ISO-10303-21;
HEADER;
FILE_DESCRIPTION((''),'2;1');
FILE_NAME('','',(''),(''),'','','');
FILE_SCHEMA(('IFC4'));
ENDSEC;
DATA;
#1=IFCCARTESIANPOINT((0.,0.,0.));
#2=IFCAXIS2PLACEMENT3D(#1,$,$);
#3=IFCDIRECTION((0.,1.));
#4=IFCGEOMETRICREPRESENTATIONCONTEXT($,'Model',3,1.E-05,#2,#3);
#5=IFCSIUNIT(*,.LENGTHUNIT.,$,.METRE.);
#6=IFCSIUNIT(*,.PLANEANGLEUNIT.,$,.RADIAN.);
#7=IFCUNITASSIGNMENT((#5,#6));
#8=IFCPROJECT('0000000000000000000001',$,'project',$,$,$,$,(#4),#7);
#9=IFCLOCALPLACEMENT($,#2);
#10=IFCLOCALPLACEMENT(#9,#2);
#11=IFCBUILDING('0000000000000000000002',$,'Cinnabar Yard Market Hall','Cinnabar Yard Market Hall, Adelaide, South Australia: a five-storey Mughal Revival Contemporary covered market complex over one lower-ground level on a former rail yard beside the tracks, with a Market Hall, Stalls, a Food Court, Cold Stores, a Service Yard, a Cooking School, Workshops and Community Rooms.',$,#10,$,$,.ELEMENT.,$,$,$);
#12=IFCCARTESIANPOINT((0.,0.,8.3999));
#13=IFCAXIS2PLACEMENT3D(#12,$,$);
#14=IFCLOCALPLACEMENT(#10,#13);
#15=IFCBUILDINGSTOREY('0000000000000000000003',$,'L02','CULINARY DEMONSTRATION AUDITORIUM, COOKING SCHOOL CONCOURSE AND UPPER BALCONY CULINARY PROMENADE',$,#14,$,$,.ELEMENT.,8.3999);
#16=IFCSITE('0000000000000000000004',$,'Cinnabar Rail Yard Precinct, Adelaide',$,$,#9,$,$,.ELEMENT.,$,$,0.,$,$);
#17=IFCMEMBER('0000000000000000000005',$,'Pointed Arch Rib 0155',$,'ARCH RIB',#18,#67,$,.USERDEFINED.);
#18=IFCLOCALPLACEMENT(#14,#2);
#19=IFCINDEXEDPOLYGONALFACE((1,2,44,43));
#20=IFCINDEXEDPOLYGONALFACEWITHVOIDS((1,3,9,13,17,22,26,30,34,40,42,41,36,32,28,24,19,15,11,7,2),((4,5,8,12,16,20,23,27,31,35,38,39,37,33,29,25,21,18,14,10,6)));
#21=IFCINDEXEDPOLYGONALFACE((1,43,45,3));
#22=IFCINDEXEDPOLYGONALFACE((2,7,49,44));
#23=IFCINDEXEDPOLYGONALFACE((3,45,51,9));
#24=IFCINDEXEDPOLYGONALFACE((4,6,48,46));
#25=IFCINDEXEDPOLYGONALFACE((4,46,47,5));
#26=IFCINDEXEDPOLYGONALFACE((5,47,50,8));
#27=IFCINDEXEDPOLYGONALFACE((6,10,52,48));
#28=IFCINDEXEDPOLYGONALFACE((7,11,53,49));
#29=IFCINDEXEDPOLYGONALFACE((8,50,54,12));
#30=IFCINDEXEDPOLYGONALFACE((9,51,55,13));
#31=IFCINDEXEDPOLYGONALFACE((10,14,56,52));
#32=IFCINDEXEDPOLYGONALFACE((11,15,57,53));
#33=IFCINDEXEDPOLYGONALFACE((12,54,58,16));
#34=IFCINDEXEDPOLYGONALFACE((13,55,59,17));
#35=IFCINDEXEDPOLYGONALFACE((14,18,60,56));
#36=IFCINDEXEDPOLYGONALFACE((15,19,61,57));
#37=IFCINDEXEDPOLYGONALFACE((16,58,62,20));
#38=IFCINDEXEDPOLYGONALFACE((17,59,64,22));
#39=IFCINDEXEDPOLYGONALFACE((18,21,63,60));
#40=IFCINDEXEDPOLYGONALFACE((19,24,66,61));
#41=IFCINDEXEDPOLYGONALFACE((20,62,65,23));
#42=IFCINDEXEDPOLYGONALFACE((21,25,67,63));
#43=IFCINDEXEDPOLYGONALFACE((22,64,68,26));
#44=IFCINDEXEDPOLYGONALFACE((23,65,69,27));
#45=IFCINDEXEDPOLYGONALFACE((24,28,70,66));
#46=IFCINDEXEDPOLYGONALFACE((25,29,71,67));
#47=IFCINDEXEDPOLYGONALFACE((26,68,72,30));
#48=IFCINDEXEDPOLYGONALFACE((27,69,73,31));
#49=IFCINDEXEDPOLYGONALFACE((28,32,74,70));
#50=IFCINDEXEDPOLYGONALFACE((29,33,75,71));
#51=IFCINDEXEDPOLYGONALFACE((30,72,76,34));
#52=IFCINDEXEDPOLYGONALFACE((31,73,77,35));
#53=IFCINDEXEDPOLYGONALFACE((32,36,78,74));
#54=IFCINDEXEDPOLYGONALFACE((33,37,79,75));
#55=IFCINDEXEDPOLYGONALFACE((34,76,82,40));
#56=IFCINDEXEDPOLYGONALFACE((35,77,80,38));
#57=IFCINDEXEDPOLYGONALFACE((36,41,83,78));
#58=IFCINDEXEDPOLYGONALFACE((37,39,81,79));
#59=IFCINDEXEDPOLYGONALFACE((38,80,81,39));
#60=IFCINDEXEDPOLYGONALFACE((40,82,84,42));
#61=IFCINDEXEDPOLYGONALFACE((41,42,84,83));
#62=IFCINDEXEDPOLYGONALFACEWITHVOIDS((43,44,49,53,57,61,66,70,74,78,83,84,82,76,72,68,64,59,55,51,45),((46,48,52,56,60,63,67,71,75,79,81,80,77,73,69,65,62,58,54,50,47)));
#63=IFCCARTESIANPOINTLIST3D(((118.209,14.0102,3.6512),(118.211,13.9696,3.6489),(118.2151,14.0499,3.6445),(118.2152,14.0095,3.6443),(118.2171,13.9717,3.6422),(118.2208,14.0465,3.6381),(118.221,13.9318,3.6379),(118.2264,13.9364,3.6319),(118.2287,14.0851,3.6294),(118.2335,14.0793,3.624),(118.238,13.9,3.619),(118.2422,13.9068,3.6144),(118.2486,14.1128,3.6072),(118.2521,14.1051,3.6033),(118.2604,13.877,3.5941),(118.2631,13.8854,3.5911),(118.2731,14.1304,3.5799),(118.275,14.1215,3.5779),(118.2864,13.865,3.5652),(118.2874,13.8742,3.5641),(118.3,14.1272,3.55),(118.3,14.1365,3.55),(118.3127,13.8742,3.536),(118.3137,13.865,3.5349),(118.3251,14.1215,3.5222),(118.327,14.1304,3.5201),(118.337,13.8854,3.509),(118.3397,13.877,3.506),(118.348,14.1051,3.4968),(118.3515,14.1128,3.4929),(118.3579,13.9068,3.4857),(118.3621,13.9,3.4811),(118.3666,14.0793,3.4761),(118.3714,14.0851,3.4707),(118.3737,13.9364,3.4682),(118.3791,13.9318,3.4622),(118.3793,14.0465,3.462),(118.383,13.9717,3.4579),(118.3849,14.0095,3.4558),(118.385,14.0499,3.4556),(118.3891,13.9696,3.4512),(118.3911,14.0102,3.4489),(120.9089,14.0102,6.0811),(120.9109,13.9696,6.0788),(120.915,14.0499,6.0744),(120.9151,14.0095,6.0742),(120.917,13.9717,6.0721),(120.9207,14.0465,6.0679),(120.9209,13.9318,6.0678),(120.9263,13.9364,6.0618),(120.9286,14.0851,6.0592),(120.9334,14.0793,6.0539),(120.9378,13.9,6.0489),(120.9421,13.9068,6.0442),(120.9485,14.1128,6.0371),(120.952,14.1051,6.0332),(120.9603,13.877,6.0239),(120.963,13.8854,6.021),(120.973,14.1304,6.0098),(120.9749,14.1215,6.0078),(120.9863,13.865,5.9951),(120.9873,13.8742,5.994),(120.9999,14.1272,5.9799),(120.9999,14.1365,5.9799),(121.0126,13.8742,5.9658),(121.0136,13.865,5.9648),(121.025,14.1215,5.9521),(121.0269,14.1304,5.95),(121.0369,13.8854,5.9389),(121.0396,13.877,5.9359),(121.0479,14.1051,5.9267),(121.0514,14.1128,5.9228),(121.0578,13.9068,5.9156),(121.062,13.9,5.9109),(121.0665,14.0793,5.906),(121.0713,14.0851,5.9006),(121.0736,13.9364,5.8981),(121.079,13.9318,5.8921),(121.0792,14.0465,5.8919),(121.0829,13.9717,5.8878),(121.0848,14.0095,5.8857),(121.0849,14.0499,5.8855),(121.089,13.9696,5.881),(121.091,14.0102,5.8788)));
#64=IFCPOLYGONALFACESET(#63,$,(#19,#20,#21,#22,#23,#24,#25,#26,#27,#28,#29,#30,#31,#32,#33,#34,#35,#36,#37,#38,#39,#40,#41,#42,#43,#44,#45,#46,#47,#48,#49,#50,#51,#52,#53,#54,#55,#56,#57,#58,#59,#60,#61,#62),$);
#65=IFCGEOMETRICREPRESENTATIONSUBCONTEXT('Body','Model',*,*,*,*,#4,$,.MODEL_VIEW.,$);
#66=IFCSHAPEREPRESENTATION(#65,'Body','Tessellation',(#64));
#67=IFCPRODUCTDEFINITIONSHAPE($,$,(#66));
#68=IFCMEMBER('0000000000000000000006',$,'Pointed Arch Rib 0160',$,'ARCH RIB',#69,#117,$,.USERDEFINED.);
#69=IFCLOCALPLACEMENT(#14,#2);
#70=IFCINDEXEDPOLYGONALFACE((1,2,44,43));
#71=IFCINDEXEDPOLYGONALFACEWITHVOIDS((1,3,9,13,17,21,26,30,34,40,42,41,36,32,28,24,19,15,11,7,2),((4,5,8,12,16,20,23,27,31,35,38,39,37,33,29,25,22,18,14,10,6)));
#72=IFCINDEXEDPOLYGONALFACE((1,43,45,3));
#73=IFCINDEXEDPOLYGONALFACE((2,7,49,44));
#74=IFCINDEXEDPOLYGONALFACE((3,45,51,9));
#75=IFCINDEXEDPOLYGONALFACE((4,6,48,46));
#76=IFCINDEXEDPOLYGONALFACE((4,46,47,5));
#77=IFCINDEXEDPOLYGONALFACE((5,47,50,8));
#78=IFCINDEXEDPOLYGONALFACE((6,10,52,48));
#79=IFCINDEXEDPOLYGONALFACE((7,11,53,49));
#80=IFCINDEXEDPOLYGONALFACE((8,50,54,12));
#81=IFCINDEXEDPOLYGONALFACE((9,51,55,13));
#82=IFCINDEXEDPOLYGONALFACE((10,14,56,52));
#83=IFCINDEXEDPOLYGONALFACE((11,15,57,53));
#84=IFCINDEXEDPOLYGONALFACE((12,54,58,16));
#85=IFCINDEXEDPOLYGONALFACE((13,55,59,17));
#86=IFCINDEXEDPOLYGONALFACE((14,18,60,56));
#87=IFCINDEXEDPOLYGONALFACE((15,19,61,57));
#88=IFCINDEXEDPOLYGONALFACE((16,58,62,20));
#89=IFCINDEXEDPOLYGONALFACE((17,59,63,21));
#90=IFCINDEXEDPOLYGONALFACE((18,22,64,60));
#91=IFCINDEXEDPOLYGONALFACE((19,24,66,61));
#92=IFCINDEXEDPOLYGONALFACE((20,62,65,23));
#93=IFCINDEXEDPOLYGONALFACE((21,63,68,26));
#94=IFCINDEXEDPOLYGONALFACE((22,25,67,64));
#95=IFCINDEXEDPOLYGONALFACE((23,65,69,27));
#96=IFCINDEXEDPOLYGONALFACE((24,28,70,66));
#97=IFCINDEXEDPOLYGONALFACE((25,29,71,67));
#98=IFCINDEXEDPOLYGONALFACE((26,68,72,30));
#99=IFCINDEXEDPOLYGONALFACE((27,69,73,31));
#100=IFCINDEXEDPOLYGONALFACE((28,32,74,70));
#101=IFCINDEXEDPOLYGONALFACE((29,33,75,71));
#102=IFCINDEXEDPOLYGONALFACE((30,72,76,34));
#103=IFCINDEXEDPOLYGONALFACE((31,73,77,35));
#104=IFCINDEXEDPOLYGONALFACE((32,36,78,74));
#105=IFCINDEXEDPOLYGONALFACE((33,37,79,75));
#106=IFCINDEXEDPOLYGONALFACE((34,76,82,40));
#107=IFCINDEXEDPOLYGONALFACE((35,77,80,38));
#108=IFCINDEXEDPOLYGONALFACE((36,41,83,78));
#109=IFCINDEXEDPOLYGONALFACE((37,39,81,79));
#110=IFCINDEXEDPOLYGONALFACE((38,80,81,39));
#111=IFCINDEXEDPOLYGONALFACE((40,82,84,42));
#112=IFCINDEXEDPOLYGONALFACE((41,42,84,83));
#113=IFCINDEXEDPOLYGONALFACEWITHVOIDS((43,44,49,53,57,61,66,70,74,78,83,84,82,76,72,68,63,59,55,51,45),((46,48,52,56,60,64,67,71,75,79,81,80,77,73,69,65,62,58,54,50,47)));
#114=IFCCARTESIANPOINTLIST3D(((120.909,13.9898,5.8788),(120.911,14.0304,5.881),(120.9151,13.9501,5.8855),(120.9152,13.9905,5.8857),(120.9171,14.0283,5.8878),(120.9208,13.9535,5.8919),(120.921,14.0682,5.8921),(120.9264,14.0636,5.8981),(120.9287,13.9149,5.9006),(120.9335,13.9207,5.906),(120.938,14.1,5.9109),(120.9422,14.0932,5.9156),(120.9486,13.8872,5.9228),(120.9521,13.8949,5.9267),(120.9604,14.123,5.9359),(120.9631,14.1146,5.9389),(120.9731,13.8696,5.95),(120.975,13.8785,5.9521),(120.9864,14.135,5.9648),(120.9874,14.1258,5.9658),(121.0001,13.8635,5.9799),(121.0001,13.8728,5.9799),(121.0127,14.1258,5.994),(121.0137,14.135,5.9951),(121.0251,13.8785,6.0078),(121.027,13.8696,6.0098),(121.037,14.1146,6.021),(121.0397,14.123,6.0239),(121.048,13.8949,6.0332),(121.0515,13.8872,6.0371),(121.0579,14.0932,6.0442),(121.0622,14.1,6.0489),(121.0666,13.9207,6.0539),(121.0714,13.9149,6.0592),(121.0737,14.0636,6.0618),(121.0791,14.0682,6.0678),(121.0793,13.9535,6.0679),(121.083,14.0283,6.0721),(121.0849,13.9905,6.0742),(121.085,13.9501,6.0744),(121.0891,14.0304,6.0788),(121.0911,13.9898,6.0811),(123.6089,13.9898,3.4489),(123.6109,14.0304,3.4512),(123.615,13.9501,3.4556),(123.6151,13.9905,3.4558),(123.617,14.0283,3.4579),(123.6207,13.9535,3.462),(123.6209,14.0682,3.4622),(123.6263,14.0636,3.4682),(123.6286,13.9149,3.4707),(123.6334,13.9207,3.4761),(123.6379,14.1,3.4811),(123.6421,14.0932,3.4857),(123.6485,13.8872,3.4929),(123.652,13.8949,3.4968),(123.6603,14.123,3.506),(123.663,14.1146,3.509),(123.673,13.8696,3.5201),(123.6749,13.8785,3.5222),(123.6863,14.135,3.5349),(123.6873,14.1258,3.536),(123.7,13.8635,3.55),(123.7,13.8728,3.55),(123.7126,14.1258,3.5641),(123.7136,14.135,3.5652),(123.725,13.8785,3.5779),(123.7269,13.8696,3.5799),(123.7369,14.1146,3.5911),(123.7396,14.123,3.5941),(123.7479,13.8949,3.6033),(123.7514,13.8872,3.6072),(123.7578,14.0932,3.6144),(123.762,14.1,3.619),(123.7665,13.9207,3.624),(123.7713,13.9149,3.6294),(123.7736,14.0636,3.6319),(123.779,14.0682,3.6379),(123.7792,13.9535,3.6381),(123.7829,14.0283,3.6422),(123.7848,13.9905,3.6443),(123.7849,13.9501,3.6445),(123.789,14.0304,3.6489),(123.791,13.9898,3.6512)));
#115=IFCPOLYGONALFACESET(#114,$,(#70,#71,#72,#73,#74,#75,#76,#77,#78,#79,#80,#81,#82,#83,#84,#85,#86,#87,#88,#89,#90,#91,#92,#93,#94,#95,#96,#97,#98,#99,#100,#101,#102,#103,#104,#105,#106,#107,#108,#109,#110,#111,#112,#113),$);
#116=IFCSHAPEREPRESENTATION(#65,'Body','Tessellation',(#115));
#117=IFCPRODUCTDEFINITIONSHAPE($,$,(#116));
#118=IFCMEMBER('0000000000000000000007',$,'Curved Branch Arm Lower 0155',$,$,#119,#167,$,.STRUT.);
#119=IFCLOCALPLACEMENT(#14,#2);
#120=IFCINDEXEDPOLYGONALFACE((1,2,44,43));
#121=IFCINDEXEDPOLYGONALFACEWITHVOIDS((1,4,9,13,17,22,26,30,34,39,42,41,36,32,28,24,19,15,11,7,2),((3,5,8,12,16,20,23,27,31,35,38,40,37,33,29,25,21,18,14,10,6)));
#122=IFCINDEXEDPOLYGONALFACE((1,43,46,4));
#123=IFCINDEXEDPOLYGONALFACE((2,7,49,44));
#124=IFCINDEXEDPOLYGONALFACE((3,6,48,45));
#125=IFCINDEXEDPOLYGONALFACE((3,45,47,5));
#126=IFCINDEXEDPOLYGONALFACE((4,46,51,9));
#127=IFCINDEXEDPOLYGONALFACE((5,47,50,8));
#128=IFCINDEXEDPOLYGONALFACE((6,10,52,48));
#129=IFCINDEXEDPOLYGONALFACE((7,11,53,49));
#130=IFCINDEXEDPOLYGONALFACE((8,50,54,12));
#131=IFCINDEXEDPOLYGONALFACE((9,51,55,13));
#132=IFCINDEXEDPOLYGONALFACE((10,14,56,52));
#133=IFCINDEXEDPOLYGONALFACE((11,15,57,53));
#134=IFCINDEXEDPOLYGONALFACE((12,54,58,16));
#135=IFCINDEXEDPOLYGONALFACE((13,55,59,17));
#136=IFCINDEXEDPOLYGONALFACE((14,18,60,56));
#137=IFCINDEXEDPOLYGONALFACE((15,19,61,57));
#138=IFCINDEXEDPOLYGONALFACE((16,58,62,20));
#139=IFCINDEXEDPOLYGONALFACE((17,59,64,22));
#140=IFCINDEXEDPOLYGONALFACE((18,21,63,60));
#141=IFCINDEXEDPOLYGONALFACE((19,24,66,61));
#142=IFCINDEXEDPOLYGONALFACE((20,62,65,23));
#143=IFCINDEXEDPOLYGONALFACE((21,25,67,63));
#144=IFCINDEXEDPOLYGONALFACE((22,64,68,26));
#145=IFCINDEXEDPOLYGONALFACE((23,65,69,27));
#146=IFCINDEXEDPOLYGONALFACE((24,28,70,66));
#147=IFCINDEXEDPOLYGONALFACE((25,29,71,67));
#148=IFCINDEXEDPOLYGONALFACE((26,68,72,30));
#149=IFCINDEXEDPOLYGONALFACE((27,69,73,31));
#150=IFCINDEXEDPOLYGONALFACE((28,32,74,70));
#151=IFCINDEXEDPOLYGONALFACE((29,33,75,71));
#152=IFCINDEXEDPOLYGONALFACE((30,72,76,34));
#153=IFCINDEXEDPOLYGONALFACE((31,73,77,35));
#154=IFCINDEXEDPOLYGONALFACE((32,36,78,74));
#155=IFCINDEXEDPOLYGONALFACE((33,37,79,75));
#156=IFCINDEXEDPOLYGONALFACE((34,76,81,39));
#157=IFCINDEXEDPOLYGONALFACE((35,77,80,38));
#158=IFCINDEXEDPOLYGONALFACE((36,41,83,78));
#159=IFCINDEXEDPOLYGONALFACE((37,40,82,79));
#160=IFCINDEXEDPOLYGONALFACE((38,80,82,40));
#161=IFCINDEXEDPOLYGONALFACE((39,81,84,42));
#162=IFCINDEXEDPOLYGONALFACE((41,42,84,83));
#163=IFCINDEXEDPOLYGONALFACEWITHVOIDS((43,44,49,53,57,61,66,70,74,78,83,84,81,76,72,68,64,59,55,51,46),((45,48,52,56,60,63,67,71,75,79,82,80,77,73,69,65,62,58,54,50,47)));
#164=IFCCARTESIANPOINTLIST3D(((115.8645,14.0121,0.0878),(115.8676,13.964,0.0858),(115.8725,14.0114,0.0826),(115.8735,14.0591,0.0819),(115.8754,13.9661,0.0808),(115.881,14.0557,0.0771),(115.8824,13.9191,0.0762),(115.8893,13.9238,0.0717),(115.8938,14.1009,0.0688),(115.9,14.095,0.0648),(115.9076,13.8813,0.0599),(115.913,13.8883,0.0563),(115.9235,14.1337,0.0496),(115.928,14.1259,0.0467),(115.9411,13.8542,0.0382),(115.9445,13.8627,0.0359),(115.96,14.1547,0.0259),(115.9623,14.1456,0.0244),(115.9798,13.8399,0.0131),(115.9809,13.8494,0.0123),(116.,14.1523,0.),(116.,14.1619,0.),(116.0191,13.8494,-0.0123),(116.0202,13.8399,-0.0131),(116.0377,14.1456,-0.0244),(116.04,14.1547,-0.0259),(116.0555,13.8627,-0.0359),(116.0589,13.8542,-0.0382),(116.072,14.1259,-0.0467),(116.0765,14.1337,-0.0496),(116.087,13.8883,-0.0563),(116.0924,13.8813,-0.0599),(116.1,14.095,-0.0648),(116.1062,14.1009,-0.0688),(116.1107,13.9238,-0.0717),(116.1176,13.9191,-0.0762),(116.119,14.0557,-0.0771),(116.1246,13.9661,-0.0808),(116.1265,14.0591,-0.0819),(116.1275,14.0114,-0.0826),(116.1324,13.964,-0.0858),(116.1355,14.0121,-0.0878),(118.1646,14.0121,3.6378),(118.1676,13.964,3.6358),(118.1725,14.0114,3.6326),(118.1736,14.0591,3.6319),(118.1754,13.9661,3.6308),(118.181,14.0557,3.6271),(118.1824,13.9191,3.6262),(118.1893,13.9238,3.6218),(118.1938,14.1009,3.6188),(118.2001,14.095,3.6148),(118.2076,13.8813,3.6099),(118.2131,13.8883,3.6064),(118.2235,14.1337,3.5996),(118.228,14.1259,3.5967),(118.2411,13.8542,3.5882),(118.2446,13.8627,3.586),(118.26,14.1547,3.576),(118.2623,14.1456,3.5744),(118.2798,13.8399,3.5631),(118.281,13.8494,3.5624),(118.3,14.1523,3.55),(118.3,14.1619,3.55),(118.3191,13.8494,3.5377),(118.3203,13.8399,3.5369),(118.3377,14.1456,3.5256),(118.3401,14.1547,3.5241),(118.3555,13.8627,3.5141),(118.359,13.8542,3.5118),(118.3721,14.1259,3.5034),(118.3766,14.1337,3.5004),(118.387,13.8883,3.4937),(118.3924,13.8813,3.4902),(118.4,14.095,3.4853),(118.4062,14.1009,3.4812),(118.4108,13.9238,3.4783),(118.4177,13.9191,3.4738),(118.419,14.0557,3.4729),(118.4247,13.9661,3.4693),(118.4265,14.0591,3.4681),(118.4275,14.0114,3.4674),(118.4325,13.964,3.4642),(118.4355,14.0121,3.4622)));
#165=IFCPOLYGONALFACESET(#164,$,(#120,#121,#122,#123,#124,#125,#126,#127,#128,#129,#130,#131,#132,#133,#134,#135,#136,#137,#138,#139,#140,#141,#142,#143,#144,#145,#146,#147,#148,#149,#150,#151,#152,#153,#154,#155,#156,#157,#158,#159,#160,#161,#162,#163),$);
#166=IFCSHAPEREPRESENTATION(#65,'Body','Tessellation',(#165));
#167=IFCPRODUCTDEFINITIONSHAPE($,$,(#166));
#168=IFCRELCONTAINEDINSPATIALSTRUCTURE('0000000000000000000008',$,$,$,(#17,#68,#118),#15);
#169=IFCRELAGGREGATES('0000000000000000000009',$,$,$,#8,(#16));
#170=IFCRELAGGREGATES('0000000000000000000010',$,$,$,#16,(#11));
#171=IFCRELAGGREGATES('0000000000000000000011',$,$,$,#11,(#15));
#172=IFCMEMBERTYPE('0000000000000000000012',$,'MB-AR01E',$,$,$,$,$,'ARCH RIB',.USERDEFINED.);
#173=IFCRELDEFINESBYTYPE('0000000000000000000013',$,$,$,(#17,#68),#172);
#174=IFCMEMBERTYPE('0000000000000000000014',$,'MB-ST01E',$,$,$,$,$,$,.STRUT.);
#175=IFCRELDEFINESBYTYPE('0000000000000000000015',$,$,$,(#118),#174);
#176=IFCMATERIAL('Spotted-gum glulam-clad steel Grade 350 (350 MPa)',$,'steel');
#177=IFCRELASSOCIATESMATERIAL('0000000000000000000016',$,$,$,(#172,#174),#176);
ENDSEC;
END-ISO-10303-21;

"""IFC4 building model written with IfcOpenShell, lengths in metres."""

from ifc_helpers import new_model, si_unit, direction, frame, origin, origin_2d_with_axis, place, context, subcontext, project, spatial, hollow_circle, extrude, material, material_profile, profile_set, type_object, element, save


model = new_model("IFC4")

# Units and contexts
model_context = context("Model", 3, precision=1e-05, world=origin(), true_north=direction((0.0, 1.0)))
body_context = subcontext(model_context, "Body", "Model", "MODEL_VIEW")
ifc_project = project(units=[si_unit("LENGTHUNIT", "METRE"), si_unit("PLANEANGLEUNIT", "RADIAN")], contexts=[model_context])

# Site, building, storey
site_placement = place(None, origin())
site = spatial("IfcSite", under=ifc_project, at=site_placement, Name="Cinnabar Rail Yard Precinct, Adelaide", CompositionType="ELEMENT", RefElevation=0.0)
building_placement = place(site_placement, origin())
building = spatial("IfcBuilding", under=site, at=building_placement, Name="Cinnabar Yard Market Hall", Description="Cinnabar Yard Market Hall, Adelaide, South Australia: a five-storey Mughal Revival Contemporary covered market complex over one lower-ground level on a former rail yard beside the tracks, with a Market Hall, Stalls, a Food Court, Cold Stores, a Service Yard, a Cooking School, Workshops and Community Rooms.", CompositionType="ELEMENT")
storey_placement = place(building_placement, frame((0.0, 0.0, 8.3999)))
storey = spatial("IfcBuildingStorey", under=building, at=storey_placement, Name="L02", Description="CULINARY DEMONSTRATION AUDITORIUM, COOKING SCHOOL CONCOURSE AND UPPER BALCONY CULINARY PROMENADE", CompositionType="ELEMENT", Elevation=8.3999)

# Shared definitions
ifc_material_1 = material(Name="Spotted-gum glulam-clad steel Grade 350 (350 MPa)", Category="steel")

# Members
ifc_material_profile_1 = material_profile(ifc_material_1, hollow_circle(Radius=0.1365, WallThickness=0.0093, at=origin_2d_with_axis()), Name="273.1x9.3CHS")
ifc_profile_set_1 = profile_set([ifc_material_profile_1], Name="Spotted-gum glulam-clad steel Grade 350 (350 MPa)")
member_type_1 = type_object("IfcMemberType", Name="MB-AR01E", ElementType="ARCH RIB", PredefinedType="USERDEFINED", material=ifc_profile_set_1)
for number, where, z_axis, x_axis, name in (
    (1, (118.3, 14.0, 3.55), (0.743297, 0.0, 0.668961), (0.0, 1.0, 0.0), "Pointed Arch Rib 0155"),
    (2, (123.7, 14.0, 3.55), (-0.743297, 0.0, 0.668961), (0.0, -1.0, 0.0), "Pointed Arch Rib 0160"),
):
    element("IfcMember", number, at=place(storey_placement, frame(where, z_axis=z_axis, x_axis=x_axis)), inside=storey, type_object=member_type_1, Name=name, ObjectType="ARCH RIB", PredefinedType="USERDEFINED", context=body_context, shape_type="SweptSolid", body=[
        extrude(hollow_circle(Radius=0.1365, WallThickness=0.0093, at=origin_2d_with_axis()), origin(), (0.0, 0.0, 1.0), 3.6323),
    ])
ifc_material_profile_2 = material_profile(ifc_material_1, hollow_circle(Radius=0.1619, WallThickness=0.0095, at=origin_2d_with_axis()), Name="323.9x9.5CHS")
ifc_profile_set_2 = profile_set([ifc_material_profile_2], Name="Spotted-gum glulam-clad steel Grade 350 (350 MPa)")
member_type_2 = type_object("IfcMemberType", Name="MB-ST01E", PredefinedType="STRUT", material=ifc_profile_set_2)
for number, where, z_axis, x_axis, name in (
    (3, (116.0, 14.0, 0.0), (0.543744, 0.0, 0.839251), (0.0, 1.0, 0.0), "Curved Branch Arm Lower 0155"),
):
    element("IfcMember", number, at=place(storey_placement, frame(where, z_axis=z_axis, x_axis=x_axis)), inside=storey, type_object=member_type_2, Name=name, PredefinedType="STRUT", context=body_context, shape_type="SweptSolid", body=[
        extrude(hollow_circle(Radius=0.1619, WallThickness=0.0095, at=origin_2d_with_axis()), origin(), (0.0, 0.0, 1.0), 4.23),
    ])

save(model, "model.ifc")
